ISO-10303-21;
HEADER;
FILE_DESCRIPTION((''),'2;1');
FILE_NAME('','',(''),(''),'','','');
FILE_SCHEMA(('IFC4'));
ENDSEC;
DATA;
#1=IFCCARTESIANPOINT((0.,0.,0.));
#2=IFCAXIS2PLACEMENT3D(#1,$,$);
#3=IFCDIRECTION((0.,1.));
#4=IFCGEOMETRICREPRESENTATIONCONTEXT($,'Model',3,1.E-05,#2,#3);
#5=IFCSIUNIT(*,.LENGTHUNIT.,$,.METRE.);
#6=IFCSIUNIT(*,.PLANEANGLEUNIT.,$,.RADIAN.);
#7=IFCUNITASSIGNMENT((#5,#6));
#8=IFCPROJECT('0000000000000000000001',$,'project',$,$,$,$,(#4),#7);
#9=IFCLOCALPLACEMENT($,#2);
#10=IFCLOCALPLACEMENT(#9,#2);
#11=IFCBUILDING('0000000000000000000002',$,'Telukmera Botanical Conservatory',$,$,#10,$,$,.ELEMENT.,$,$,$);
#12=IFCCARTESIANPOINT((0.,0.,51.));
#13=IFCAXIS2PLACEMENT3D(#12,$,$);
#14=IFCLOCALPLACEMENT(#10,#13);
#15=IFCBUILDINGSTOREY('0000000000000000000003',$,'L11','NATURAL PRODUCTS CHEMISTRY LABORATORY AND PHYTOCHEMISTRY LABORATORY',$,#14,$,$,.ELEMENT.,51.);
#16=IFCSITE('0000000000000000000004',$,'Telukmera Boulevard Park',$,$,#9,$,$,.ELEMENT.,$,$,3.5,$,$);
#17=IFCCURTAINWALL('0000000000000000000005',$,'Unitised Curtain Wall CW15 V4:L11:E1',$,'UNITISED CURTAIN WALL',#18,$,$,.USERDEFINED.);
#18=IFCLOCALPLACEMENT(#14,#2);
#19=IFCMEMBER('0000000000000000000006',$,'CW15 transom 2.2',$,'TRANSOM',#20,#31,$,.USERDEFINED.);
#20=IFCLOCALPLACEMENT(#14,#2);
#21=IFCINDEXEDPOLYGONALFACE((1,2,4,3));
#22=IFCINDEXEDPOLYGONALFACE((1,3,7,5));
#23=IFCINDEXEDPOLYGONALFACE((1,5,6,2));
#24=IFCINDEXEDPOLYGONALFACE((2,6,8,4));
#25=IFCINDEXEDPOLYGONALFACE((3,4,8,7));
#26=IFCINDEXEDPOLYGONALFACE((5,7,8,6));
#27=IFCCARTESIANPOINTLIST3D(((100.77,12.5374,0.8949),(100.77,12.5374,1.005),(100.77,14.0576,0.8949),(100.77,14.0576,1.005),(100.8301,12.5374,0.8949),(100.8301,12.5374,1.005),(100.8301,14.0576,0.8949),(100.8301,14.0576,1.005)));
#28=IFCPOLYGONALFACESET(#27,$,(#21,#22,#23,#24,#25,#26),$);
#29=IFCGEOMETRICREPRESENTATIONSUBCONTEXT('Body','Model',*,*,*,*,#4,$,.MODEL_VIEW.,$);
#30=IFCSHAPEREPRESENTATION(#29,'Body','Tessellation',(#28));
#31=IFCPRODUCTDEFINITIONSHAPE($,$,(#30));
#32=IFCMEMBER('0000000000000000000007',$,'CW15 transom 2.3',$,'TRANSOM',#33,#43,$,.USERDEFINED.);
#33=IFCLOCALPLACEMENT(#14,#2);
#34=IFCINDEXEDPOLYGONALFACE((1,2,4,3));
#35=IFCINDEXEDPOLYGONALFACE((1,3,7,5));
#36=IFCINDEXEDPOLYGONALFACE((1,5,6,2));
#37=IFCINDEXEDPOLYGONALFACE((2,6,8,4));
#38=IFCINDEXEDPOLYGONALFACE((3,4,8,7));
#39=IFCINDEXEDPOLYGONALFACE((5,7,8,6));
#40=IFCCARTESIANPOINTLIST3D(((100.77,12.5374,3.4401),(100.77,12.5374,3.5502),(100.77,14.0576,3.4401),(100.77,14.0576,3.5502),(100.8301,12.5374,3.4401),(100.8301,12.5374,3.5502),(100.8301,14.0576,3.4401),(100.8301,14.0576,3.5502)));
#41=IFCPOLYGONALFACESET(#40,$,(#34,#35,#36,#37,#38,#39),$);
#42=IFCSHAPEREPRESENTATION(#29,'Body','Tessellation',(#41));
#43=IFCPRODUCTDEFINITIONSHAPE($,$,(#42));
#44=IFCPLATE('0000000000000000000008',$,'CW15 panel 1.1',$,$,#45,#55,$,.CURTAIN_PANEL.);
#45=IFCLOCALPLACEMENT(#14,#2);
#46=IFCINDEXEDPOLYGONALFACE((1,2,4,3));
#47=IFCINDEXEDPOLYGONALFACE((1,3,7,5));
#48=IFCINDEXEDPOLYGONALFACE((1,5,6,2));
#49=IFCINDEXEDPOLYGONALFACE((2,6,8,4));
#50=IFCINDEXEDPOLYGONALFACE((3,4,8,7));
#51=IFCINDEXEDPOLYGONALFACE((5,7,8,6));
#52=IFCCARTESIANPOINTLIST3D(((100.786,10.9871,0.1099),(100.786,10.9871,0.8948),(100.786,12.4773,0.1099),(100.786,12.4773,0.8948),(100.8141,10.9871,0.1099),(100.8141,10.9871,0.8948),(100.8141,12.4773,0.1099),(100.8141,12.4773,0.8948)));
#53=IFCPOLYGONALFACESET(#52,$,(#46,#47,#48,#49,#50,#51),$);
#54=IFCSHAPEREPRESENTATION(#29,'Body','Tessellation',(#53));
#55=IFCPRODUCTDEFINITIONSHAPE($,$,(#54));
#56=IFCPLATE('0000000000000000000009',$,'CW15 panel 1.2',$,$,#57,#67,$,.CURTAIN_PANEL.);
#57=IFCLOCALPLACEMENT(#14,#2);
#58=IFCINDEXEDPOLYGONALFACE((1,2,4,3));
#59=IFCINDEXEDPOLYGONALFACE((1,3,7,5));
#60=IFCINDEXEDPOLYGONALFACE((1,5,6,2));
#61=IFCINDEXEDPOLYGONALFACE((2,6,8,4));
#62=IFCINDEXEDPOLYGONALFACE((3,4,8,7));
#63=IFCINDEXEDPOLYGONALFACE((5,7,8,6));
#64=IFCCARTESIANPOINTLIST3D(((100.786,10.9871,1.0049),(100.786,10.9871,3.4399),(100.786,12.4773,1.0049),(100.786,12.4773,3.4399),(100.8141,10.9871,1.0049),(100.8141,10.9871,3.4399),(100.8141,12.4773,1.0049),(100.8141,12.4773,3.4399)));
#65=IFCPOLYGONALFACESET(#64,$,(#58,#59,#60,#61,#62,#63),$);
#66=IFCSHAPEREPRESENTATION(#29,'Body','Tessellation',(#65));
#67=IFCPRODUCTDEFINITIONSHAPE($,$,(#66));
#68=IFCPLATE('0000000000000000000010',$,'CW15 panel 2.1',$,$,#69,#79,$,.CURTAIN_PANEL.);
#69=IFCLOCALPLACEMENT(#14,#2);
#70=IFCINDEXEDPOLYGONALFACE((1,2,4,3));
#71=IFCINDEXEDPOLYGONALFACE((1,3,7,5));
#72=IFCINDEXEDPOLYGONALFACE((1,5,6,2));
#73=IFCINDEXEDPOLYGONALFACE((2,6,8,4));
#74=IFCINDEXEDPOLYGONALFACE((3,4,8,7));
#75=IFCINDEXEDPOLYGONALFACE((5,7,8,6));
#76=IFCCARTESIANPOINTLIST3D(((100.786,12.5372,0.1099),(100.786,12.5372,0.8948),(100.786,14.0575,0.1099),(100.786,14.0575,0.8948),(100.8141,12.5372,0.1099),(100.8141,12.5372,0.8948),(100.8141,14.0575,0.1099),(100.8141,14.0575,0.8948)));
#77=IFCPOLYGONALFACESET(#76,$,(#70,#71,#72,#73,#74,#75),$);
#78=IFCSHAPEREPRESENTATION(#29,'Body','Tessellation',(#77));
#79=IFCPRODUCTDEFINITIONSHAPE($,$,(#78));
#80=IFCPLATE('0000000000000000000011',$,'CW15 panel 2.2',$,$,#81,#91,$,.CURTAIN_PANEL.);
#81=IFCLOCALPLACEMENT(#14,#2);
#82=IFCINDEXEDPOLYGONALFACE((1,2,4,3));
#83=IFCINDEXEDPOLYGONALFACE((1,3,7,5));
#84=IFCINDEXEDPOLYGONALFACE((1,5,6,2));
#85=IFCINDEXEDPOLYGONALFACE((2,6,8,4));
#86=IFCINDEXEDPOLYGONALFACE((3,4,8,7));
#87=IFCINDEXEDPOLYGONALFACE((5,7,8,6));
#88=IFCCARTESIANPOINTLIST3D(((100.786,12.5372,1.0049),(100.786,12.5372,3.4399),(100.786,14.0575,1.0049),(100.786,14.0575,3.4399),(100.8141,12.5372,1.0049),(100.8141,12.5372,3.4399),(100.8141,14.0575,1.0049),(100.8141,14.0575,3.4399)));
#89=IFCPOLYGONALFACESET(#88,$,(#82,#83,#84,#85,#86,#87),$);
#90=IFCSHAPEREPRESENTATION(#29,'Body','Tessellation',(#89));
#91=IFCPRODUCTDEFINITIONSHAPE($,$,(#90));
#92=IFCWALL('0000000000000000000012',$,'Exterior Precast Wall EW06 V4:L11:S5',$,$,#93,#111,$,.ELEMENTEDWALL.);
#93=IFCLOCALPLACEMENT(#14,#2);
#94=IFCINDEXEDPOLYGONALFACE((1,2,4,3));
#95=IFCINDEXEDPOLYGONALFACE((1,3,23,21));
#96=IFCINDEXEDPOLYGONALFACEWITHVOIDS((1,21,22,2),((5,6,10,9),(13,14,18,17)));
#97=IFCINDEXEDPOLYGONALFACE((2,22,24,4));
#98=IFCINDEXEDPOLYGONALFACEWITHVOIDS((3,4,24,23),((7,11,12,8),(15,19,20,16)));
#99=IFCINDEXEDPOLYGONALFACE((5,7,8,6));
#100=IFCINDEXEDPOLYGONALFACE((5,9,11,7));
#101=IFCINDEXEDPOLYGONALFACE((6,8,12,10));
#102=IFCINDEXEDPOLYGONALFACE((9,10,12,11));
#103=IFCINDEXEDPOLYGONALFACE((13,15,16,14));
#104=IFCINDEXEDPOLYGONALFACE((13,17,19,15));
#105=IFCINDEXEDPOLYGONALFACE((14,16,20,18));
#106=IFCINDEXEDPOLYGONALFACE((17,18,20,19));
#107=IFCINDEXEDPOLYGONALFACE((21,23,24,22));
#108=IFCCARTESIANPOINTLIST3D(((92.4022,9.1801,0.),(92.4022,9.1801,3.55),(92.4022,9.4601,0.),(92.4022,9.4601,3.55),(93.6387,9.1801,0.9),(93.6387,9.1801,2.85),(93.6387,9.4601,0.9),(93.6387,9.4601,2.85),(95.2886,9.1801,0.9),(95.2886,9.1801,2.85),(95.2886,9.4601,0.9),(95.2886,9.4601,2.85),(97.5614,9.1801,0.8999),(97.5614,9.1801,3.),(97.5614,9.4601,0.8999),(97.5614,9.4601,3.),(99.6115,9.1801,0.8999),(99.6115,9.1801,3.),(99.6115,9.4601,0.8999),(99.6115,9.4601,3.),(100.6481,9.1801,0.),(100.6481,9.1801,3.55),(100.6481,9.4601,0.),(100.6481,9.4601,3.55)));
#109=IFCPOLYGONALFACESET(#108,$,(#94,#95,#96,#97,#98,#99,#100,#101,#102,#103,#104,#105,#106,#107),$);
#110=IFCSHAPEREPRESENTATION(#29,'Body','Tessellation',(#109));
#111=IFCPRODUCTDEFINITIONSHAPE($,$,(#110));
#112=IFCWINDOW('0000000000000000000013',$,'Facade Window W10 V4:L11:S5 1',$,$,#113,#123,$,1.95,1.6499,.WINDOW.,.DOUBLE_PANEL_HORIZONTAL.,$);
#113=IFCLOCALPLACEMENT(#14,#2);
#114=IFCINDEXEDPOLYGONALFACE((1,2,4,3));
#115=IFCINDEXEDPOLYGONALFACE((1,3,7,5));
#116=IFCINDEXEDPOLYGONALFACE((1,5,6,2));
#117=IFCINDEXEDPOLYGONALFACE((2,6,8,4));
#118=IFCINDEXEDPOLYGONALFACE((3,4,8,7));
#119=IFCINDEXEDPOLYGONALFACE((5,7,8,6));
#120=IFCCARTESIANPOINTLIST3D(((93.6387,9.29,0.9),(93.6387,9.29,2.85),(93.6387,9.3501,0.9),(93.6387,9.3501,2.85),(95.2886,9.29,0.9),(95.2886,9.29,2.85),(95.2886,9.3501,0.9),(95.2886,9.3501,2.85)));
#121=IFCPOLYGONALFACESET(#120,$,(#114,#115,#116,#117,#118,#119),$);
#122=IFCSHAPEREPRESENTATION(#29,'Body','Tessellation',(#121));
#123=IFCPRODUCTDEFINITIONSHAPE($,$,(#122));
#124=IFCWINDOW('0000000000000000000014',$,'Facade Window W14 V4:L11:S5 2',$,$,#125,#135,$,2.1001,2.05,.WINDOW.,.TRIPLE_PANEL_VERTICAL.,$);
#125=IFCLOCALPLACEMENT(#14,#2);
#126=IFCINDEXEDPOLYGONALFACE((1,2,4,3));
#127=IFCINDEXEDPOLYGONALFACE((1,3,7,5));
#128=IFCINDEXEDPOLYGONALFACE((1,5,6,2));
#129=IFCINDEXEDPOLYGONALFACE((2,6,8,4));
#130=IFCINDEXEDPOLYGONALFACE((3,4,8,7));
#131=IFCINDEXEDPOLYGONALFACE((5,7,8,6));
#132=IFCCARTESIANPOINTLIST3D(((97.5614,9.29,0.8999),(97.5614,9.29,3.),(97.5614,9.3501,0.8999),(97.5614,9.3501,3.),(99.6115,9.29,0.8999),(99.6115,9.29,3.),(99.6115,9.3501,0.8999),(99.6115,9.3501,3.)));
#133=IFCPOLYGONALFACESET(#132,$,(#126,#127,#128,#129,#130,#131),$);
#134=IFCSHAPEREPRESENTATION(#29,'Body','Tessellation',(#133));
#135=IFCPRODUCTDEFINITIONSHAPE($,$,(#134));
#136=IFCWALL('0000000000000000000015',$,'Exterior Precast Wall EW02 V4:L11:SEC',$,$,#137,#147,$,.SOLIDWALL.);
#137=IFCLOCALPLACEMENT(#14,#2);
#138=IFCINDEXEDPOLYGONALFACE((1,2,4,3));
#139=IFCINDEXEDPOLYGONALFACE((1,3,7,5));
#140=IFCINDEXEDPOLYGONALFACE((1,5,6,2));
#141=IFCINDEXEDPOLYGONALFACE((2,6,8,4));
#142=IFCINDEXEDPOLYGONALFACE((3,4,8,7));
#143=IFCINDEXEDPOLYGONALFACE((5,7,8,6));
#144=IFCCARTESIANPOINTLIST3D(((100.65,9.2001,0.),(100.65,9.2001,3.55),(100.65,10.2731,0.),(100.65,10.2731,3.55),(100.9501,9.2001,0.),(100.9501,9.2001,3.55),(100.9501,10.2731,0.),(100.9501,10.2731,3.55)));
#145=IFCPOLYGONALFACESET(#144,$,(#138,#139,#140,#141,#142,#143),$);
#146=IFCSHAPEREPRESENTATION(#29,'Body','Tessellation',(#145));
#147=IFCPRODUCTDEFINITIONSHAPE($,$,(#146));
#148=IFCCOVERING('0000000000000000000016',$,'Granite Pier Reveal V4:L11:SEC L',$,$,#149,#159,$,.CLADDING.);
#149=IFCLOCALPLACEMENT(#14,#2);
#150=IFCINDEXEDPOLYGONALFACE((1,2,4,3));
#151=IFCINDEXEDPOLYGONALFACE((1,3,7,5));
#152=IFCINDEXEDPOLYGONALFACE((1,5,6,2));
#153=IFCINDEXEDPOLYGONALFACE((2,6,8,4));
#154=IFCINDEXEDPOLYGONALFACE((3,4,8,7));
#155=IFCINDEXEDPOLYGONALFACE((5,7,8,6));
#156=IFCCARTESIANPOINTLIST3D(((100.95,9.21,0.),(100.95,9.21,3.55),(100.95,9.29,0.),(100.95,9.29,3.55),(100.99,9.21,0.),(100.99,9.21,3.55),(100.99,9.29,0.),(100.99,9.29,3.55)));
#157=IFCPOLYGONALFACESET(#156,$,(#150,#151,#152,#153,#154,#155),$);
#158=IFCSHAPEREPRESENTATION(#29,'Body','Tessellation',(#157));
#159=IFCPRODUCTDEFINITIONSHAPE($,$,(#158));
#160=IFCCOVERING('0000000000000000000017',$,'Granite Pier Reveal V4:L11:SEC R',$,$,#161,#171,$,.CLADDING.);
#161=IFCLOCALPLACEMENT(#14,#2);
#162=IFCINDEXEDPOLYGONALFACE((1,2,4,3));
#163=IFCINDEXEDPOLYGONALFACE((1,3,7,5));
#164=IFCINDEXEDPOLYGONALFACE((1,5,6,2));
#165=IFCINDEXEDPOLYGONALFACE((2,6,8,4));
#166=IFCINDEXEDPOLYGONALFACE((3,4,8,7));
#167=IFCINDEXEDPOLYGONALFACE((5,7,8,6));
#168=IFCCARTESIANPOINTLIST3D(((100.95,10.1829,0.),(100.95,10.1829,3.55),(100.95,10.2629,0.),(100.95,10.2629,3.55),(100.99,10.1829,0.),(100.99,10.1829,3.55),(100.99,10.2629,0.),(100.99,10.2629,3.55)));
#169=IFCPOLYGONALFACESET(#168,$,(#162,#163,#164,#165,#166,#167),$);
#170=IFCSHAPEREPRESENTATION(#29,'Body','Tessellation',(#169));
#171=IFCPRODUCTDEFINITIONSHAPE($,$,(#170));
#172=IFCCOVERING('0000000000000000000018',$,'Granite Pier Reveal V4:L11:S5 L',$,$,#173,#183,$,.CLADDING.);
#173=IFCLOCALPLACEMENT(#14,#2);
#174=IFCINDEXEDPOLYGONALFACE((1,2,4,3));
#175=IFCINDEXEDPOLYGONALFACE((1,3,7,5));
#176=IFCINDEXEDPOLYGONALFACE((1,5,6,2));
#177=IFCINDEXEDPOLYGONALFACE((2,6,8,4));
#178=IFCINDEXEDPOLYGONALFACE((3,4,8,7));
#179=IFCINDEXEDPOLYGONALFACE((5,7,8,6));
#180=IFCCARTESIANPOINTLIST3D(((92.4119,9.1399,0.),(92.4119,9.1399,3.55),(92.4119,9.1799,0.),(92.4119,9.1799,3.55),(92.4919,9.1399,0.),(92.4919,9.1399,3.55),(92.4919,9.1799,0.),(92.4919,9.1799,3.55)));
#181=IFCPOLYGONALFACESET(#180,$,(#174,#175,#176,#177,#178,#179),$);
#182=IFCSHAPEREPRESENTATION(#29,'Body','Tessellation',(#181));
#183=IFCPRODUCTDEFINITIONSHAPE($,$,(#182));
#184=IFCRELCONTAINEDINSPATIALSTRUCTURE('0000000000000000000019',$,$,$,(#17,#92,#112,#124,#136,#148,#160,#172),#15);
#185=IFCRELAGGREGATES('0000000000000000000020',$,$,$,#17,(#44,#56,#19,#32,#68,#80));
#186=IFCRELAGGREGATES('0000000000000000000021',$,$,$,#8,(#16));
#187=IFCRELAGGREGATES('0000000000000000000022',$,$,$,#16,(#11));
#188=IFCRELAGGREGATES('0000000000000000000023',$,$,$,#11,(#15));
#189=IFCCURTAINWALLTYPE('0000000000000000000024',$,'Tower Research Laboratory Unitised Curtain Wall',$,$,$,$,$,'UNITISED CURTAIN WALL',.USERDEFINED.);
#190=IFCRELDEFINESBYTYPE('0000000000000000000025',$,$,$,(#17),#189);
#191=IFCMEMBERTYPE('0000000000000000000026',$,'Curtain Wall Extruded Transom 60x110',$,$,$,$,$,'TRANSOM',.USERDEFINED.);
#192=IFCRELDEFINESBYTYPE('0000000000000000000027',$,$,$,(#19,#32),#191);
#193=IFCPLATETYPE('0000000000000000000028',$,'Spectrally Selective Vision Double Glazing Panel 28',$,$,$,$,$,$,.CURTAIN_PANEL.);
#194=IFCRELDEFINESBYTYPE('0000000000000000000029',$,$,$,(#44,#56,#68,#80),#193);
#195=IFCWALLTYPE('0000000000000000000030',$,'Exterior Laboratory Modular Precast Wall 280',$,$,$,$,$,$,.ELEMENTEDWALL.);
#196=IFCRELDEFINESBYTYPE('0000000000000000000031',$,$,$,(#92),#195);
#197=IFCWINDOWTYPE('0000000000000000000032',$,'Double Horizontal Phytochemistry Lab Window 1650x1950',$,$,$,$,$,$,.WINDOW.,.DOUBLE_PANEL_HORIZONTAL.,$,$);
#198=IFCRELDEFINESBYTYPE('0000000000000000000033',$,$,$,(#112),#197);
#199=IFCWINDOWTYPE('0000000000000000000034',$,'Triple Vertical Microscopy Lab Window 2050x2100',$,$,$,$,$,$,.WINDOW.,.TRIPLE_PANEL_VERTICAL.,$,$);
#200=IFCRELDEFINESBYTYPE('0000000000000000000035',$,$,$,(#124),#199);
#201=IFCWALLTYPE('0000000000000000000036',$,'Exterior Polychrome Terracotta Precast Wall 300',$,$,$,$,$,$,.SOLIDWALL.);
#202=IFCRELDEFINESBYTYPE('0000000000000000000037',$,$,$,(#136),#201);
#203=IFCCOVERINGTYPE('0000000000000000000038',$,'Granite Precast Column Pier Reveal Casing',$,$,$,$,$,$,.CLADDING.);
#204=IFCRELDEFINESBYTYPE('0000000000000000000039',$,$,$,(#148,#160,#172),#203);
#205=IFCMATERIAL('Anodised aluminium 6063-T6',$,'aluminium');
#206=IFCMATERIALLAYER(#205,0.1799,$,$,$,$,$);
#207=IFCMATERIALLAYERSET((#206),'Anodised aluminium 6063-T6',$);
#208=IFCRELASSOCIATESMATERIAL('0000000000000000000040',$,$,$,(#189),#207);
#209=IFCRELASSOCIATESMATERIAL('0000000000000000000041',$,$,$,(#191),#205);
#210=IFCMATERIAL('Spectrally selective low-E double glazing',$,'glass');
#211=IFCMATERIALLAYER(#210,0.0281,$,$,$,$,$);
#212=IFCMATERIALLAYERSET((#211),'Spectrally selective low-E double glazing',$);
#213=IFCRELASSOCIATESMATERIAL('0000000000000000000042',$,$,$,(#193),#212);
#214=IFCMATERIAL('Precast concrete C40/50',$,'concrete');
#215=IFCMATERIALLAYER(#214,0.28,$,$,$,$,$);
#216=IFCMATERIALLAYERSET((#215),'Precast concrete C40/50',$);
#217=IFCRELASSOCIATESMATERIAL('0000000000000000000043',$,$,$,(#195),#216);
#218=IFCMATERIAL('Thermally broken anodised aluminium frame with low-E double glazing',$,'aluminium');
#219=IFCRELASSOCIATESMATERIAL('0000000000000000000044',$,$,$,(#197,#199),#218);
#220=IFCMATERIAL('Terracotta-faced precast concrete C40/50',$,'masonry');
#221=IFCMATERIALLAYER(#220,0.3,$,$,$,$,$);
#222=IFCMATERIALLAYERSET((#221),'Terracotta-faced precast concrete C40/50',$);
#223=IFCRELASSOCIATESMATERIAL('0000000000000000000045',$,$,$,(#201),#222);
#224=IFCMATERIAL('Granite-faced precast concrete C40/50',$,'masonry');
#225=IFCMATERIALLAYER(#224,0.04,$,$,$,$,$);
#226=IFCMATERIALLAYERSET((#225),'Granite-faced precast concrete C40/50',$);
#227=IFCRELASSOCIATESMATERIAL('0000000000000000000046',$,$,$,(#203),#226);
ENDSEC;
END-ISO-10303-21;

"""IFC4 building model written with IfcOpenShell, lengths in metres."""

from ifc_helpers import new_model, si_unit, direction, frame, frame_2d, origin, origin_2d, place, context, subcontext, project, spatial, rectangle, extrude, material, layer, layer_set, material_profile, profile_set, type_object, element, fill, aggregate, save


model = new_model("IFC4")

# Units and contexts
model_context = context("Model", 3, precision=1e-05, world=origin(), true_north=direction((0.0, 1.0)))
body_context = subcontext(model_context, "Body", "Model", "MODEL_VIEW")
ifc_project = project(units=[si_unit("LENGTHUNIT", "METRE"), si_unit("PLANEANGLEUNIT", "RADIAN")], contexts=[model_context])

# Site, building, storey
site_placement = place(None, origin())
site = spatial("IfcSite", under=ifc_project, at=site_placement, Name="Telukmera Boulevard Park", CompositionType="ELEMENT", RefElevation=3.5)
building_placement = place(site_placement, origin())
building = spatial("IfcBuilding", under=site, at=building_placement, Name="Telukmera Botanical Conservatory", CompositionType="ELEMENT")
storey_placement = place(building_placement, frame((0.0, 0.0, 51.0)))
storey = spatial("IfcBuildingStorey", under=building, at=storey_placement, Name="L11", Description="NATURAL PRODUCTS CHEMISTRY LABORATORY AND PHYTOCHEMISTRY LABORATORY", CompositionType="ELEMENT", Elevation=51.0)

# Shared definitions
ifc_material_1 = material(Name="Precast concrete C40/50", Category="concrete")

# Shared definitions
ifc_material_2 = material(Name="Anodised aluminium 6063-T6", Category="aluminium")
ifc_layer_1 = layer(ifc_material_2, 0.1799)
ifc_layer_set_1 = layer_set([ifc_layer_1], Name="Anodised aluminium 6063-T6")
curtain_wall_type = type_object("IfcCurtainWallType", Name="Tower Research Laboratory Unitised Curtain Wall", ElementType="UNITISED CURTAIN WALL", PredefinedType="USERDEFINED", material=ifc_layer_set_1)

# Curtain wall, members, plates
curtain_wall_1_placement = place(storey_placement, origin())
curtain_wall_1 = element("IfcCurtainWall", 1, at=curtain_wall_1_placement, inside=storey, type_object=curtain_wall_type, Name="Unitised Curtain Wall CW15 V4:L11:E1", ObjectType="UNITISED CURTAIN WALL", PredefinedType="USERDEFINED")
ifc_material_profile_1 = material_profile(ifc_material_2, rectangle(XDim=0.0601, YDim=0.1101, at=origin_2d()), Name="ALU TRAN 60x110")
ifc_profile_set_1 = profile_set([ifc_material_profile_1], Name="Anodised aluminium 6063-T6")
member_type_1 = type_object("IfcMemberType", Name="Curtain Wall Extruded Transom 60x110", ElementType="TRANSOM", PredefinedType="USERDEFINED", material=ifc_profile_set_1)
member_1_placement = place(storey_placement, frame((100.8, 12.5374, 0.95), z_axis=(0.0, 1.0, 0.0), x_axis=(-1.0, 0.0, 0.0)))
member_1 = element("IfcMember", 2, at=member_1_placement, type_object=member_type_1, Name="CW15 transom 2.2", ObjectType="TRANSOM", PredefinedType="USERDEFINED", context=body_context, shape_type="SweptSolid", body=[
    extrude(rectangle(XDim=0.0601, YDim=0.1101, at=origin_2d()), origin(), (0.0, 0.0, 1.0), 1.5203),
])
member_2_placement = place(storey_placement, frame((100.8, 12.5374, 3.4951), z_axis=(0.0, 1.0, 0.0), x_axis=(-1.0, 0.0, 0.0)))
member_2 = element("IfcMember", 3, at=member_2_placement, type_object=member_type_1, Name="CW15 transom 2.3", ObjectType="TRANSOM", PredefinedType="USERDEFINED", context=body_context, shape_type="SweptSolid", body=[
    extrude(rectangle(XDim=0.0601, YDim=0.1101, at=origin_2d()), origin(), (0.0, 0.0, 1.0), 1.5203),
])
ifc_material_3 = material(Name="Spectrally selective low-E double glazing", Category="glass")
ifc_layer_2 = layer(ifc_material_3, 0.0281)
ifc_layer_set_2 = layer_set([ifc_layer_2], Name="Spectrally selective low-E double glazing")
plate_type = type_object("IfcPlateType", Name="Spectrally Selective Vision Double Glazing Panel 28", PredefinedType="CURTAIN_PANEL", material=ifc_layer_set_2)
plate_1_placement = place(storey_placement, frame((100.8, 11.7322, 0.1099), z_axis=(0.0, 0.0, 1.0), x_axis=(0.0, 1.0, 0.0)))
plate_1 = element("IfcPlate", 4, at=plate_1_placement, type_object=plate_type, Name="CW15 panel 1.1", PredefinedType="CURTAIN_PANEL", context=body_context, shape_type="SweptSolid", body=[
    extrude(rectangle(XDim=1.4902, YDim=0.0281, at=origin_2d()), origin(), (0.0, 0.0, 1.0), 0.7849),
])
plate_2_placement = place(storey_placement, frame((100.8, 11.7322, 1.0049), z_axis=(0.0, 0.0, 1.0), x_axis=(0.0, 1.0, 0.0)))
plate_2 = element("IfcPlate", 5, at=plate_2_placement, type_object=plate_type, Name="CW15 panel 1.2", PredefinedType="CURTAIN_PANEL", context=body_context, shape_type="SweptSolid", body=[
    extrude(rectangle(XDim=1.4902, YDim=0.0281, at=origin_2d()), origin(), (0.0, 0.0, 1.0), 2.4351),
])
plate_3_placement = place(storey_placement, frame((100.8, 13.2974, 0.1099), z_axis=(0.0, 0.0, 1.0), x_axis=(0.0, 1.0, 0.0)))
plate_3 = element("IfcPlate", 6, at=plate_3_placement, type_object=plate_type, Name="CW15 panel 2.1", PredefinedType="CURTAIN_PANEL", context=body_context, shape_type="SweptSolid", body=[
    extrude(rectangle(XDim=1.5203, YDim=0.0281, at=origin_2d()), origin(), (0.0, 0.0, 1.0), 0.7849),
])
plate_4_placement = place(storey_placement, frame((100.8, 13.2974, 1.0049), z_axis=(0.0, 0.0, 1.0), x_axis=(0.0, 1.0, 0.0)))
plate_4 = element("IfcPlate", 7, at=plate_4_placement, type_object=plate_type, Name="CW15 panel 2.2", PredefinedType="CURTAIN_PANEL", context=body_context, shape_type="SweptSolid", body=[
    extrude(rectangle(XDim=1.5203, YDim=0.0281, at=origin_2d()), origin(), (0.0, 0.0, 1.0), 2.4351),
])
aggregate(curtain_wall_1, [plate_1, plate_2, member_1, member_2, plate_3, plate_4])

# Wall, openings, windows
ifc_layer_3 = layer(ifc_material_1, 0.28)
ifc_layer_set_3 = layer_set([ifc_layer_3], Name="Precast concrete C40/50")
wall_type_1 = type_object("IfcWallType", Name="Exterior Laboratory Modular Precast Wall 280", PredefinedType="ELEMENTEDWALL", material=ifc_layer_set_3)
wall_1_placement = place(storey_placement, frame((92.4021, 9.3201, 0.0), z_axis=(0.0, 0.0, 1.0), x_axis=(1.0, 0.0, 0.0)))
wall_1 = element("IfcWall", 8, at=wall_1_placement, inside=storey, type_object=wall_type_1, Name="Exterior Precast Wall EW06 V4:L11:S5", PredefinedType="ELEMENTEDWALL", context=body_context, shape_type="SweptSolid", body=[
    extrude(rectangle(XDim=8.2458, YDim=0.28, at=frame_2d((4.123, 0.0))), origin(), (0.0, 0.0, 1.0), 3.55),
])
opening_1_placement = place(wall_1_placement, frame((1.2366, 0.0, 0.8999)))
opening_1 = element("IfcOpeningElement", 9, at=opening_1_placement, cuts=wall_1, PredefinedType="OPENING", context=body_context, shape_type="SweptSolid", body=[
    extrude(rectangle(XDim=1.6499, YDim=1.95, at=frame_2d((0.825, 0.9751))), frame((0.0, 0.1499, 0.0), z_axis=(0.0, -1.0, 0.0), x_axis=(1.0, 0.0, 0.0)), (0.0, 0.0, 1.0), 0.3),
])
opening_2_placement = place(wall_1_placement, frame((5.1594, 0.0, 0.8999)))
opening_2 = element("IfcOpeningElement", 10, at=opening_2_placement, cuts=wall_1, PredefinedType="OPENING", context=body_context, shape_type="SweptSolid", body=[
    extrude(rectangle(XDim=2.05, YDim=2.1001, at=frame_2d((1.0249, 1.05))), frame((0.0, 0.1499, 0.0), z_axis=(0.0, -1.0, 0.0), x_axis=(1.0, 0.0, 0.0)), (0.0, 0.0, 1.0), 0.3),
])
ifc_material_4 = material(Name="Thermally broken anodised aluminium frame with low-E double glazing", Category="aluminium")
window_type_1 = type_object("IfcWindowType", Name="Double Horizontal Phytochemistry Lab Window 1650x1950", PartitioningType="DOUBLE_PANEL_HORIZONTAL", PredefinedType="WINDOW", material=ifc_material_4)
window_1_placement = place(opening_1_placement, origin())
window_1 = element("IfcWindow", 11, at=window_1_placement, inside=storey, type_object=window_type_1, Name="Facade Window W10 V4:L11:S5 1", OverallHeight=1.95, OverallWidth=1.6499, PartitioningType="DOUBLE_PANEL_HORIZONTAL", PredefinedType="WINDOW", context=body_context, shape_type="SweptSolid", body=[
    extrude(rectangle(XDim=1.6499, YDim=1.95, at=frame_2d((0.825, 0.9751))), frame((0.0, 0.03, 0.0), z_axis=(0.0, -1.0, 0.0), x_axis=(1.0, 0.0, 0.0)), (0.0, 0.0, 1.0), 0.0601),
])
fill(opening_1, window_1)
window_type_2 = type_object("IfcWindowType", Name="Triple Vertical Microscopy Lab Window 2050x2100", PartitioningType="TRIPLE_PANEL_VERTICAL", PredefinedType="WINDOW", material=ifc_material_4)
window_2_placement = place(opening_2_placement, origin())
window_2 = element("IfcWindow", 12, at=window_2_placement, inside=storey, type_object=window_type_2, Name="Facade Window W14 V4:L11:S5 2", OverallHeight=2.1001, OverallWidth=2.05, PartitioningType="TRIPLE_PANEL_VERTICAL", PredefinedType="WINDOW", context=body_context, shape_type="SweptSolid", body=[
    extrude(rectangle(XDim=2.05, YDim=2.1001, at=frame_2d((1.0249, 1.05))), frame((0.0, 0.03, 0.0), z_axis=(0.0, -1.0, 0.0), x_axis=(1.0, 0.0, 0.0)), (0.0, 0.0, 1.0), 0.0601),
])
fill(opening_2, window_2)

# Wall
ifc_material_5 = material(Name="Terracotta-faced precast concrete C40/50", Category="masonry")
ifc_layer_4 = layer(ifc_material_5, 0.3)
ifc_layer_set_4 = layer_set([ifc_layer_4], Name="Terracotta-faced precast concrete C40/50")
wall_type_2 = type_object("IfcWallType", Name="Exterior Polychrome Terracotta Precast Wall 300", PredefinedType="SOLIDWALL", material=ifc_layer_set_4)
wall_2_placement = place(storey_placement, frame((100.8, 9.2, 0.0), z_axis=(0.0, 0.0, 1.0), x_axis=(0.0, 1.0, 0.0)))
element("IfcWall", 13, at=wall_2_placement, inside=storey, type_object=wall_type_2, Name="Exterior Precast Wall EW02 V4:L11:SEC", PredefinedType="SOLIDWALL", context=body_context, shape_type="SweptSolid", body=[
    extrude(rectangle(XDim=1.073, YDim=0.3, at=frame_2d((0.5366, 0.0))), origin(), (0.0, 0.0, 1.0), 3.55),
])

# Coverings
ifc_material_6 = material(Name="Granite-faced precast concrete C40/50", Category="masonry")
ifc_layer_5 = layer(ifc_material_6, 0.04)
ifc_layer_set_5 = layer_set([ifc_layer_5], Name="Granite-faced precast concrete C40/50")
covering_type_1 = type_object("IfcCoveringType", Name="Granite Precast Column Pier Reveal Casing", PredefinedType="CLADDING", material=ifc_layer_set_5)
for number, where, z_axis, x_axis, name in (
    (14, (100.97, 9.25, 0.0), (0.0, 0.0, 1.0), (0.0, 1.0, 0.0), "Granite Pier Reveal V4:L11:SEC L"),
    (15, (100.97, 10.2229, 0.0), (0.0, 0.0, 1.0), (0.0, 1.0, 0.0), "Granite Pier Reveal V4:L11:SEC R"),
    (16, (92.4519, 9.1599, 0.0), (0.0, 0.0, 1.0), (1.0, 0.0, 0.0), "Granite Pier Reveal V4:L11:S5 L"),
):
    element("IfcCovering", number, at=place(storey_placement, frame(where, z_axis=z_axis, x_axis=x_axis)), inside=storey, type_object=covering_type_1, Name=name, PredefinedType="CLADDING", context=body_context, shape_type="SweptSolid", body=[
        extrude(rectangle(XDim=0.0801, YDim=0.04, at=origin_2d()), origin(), (0.0, 0.0, 1.0), 3.55),
    ])

save(model, "model.ifc")
